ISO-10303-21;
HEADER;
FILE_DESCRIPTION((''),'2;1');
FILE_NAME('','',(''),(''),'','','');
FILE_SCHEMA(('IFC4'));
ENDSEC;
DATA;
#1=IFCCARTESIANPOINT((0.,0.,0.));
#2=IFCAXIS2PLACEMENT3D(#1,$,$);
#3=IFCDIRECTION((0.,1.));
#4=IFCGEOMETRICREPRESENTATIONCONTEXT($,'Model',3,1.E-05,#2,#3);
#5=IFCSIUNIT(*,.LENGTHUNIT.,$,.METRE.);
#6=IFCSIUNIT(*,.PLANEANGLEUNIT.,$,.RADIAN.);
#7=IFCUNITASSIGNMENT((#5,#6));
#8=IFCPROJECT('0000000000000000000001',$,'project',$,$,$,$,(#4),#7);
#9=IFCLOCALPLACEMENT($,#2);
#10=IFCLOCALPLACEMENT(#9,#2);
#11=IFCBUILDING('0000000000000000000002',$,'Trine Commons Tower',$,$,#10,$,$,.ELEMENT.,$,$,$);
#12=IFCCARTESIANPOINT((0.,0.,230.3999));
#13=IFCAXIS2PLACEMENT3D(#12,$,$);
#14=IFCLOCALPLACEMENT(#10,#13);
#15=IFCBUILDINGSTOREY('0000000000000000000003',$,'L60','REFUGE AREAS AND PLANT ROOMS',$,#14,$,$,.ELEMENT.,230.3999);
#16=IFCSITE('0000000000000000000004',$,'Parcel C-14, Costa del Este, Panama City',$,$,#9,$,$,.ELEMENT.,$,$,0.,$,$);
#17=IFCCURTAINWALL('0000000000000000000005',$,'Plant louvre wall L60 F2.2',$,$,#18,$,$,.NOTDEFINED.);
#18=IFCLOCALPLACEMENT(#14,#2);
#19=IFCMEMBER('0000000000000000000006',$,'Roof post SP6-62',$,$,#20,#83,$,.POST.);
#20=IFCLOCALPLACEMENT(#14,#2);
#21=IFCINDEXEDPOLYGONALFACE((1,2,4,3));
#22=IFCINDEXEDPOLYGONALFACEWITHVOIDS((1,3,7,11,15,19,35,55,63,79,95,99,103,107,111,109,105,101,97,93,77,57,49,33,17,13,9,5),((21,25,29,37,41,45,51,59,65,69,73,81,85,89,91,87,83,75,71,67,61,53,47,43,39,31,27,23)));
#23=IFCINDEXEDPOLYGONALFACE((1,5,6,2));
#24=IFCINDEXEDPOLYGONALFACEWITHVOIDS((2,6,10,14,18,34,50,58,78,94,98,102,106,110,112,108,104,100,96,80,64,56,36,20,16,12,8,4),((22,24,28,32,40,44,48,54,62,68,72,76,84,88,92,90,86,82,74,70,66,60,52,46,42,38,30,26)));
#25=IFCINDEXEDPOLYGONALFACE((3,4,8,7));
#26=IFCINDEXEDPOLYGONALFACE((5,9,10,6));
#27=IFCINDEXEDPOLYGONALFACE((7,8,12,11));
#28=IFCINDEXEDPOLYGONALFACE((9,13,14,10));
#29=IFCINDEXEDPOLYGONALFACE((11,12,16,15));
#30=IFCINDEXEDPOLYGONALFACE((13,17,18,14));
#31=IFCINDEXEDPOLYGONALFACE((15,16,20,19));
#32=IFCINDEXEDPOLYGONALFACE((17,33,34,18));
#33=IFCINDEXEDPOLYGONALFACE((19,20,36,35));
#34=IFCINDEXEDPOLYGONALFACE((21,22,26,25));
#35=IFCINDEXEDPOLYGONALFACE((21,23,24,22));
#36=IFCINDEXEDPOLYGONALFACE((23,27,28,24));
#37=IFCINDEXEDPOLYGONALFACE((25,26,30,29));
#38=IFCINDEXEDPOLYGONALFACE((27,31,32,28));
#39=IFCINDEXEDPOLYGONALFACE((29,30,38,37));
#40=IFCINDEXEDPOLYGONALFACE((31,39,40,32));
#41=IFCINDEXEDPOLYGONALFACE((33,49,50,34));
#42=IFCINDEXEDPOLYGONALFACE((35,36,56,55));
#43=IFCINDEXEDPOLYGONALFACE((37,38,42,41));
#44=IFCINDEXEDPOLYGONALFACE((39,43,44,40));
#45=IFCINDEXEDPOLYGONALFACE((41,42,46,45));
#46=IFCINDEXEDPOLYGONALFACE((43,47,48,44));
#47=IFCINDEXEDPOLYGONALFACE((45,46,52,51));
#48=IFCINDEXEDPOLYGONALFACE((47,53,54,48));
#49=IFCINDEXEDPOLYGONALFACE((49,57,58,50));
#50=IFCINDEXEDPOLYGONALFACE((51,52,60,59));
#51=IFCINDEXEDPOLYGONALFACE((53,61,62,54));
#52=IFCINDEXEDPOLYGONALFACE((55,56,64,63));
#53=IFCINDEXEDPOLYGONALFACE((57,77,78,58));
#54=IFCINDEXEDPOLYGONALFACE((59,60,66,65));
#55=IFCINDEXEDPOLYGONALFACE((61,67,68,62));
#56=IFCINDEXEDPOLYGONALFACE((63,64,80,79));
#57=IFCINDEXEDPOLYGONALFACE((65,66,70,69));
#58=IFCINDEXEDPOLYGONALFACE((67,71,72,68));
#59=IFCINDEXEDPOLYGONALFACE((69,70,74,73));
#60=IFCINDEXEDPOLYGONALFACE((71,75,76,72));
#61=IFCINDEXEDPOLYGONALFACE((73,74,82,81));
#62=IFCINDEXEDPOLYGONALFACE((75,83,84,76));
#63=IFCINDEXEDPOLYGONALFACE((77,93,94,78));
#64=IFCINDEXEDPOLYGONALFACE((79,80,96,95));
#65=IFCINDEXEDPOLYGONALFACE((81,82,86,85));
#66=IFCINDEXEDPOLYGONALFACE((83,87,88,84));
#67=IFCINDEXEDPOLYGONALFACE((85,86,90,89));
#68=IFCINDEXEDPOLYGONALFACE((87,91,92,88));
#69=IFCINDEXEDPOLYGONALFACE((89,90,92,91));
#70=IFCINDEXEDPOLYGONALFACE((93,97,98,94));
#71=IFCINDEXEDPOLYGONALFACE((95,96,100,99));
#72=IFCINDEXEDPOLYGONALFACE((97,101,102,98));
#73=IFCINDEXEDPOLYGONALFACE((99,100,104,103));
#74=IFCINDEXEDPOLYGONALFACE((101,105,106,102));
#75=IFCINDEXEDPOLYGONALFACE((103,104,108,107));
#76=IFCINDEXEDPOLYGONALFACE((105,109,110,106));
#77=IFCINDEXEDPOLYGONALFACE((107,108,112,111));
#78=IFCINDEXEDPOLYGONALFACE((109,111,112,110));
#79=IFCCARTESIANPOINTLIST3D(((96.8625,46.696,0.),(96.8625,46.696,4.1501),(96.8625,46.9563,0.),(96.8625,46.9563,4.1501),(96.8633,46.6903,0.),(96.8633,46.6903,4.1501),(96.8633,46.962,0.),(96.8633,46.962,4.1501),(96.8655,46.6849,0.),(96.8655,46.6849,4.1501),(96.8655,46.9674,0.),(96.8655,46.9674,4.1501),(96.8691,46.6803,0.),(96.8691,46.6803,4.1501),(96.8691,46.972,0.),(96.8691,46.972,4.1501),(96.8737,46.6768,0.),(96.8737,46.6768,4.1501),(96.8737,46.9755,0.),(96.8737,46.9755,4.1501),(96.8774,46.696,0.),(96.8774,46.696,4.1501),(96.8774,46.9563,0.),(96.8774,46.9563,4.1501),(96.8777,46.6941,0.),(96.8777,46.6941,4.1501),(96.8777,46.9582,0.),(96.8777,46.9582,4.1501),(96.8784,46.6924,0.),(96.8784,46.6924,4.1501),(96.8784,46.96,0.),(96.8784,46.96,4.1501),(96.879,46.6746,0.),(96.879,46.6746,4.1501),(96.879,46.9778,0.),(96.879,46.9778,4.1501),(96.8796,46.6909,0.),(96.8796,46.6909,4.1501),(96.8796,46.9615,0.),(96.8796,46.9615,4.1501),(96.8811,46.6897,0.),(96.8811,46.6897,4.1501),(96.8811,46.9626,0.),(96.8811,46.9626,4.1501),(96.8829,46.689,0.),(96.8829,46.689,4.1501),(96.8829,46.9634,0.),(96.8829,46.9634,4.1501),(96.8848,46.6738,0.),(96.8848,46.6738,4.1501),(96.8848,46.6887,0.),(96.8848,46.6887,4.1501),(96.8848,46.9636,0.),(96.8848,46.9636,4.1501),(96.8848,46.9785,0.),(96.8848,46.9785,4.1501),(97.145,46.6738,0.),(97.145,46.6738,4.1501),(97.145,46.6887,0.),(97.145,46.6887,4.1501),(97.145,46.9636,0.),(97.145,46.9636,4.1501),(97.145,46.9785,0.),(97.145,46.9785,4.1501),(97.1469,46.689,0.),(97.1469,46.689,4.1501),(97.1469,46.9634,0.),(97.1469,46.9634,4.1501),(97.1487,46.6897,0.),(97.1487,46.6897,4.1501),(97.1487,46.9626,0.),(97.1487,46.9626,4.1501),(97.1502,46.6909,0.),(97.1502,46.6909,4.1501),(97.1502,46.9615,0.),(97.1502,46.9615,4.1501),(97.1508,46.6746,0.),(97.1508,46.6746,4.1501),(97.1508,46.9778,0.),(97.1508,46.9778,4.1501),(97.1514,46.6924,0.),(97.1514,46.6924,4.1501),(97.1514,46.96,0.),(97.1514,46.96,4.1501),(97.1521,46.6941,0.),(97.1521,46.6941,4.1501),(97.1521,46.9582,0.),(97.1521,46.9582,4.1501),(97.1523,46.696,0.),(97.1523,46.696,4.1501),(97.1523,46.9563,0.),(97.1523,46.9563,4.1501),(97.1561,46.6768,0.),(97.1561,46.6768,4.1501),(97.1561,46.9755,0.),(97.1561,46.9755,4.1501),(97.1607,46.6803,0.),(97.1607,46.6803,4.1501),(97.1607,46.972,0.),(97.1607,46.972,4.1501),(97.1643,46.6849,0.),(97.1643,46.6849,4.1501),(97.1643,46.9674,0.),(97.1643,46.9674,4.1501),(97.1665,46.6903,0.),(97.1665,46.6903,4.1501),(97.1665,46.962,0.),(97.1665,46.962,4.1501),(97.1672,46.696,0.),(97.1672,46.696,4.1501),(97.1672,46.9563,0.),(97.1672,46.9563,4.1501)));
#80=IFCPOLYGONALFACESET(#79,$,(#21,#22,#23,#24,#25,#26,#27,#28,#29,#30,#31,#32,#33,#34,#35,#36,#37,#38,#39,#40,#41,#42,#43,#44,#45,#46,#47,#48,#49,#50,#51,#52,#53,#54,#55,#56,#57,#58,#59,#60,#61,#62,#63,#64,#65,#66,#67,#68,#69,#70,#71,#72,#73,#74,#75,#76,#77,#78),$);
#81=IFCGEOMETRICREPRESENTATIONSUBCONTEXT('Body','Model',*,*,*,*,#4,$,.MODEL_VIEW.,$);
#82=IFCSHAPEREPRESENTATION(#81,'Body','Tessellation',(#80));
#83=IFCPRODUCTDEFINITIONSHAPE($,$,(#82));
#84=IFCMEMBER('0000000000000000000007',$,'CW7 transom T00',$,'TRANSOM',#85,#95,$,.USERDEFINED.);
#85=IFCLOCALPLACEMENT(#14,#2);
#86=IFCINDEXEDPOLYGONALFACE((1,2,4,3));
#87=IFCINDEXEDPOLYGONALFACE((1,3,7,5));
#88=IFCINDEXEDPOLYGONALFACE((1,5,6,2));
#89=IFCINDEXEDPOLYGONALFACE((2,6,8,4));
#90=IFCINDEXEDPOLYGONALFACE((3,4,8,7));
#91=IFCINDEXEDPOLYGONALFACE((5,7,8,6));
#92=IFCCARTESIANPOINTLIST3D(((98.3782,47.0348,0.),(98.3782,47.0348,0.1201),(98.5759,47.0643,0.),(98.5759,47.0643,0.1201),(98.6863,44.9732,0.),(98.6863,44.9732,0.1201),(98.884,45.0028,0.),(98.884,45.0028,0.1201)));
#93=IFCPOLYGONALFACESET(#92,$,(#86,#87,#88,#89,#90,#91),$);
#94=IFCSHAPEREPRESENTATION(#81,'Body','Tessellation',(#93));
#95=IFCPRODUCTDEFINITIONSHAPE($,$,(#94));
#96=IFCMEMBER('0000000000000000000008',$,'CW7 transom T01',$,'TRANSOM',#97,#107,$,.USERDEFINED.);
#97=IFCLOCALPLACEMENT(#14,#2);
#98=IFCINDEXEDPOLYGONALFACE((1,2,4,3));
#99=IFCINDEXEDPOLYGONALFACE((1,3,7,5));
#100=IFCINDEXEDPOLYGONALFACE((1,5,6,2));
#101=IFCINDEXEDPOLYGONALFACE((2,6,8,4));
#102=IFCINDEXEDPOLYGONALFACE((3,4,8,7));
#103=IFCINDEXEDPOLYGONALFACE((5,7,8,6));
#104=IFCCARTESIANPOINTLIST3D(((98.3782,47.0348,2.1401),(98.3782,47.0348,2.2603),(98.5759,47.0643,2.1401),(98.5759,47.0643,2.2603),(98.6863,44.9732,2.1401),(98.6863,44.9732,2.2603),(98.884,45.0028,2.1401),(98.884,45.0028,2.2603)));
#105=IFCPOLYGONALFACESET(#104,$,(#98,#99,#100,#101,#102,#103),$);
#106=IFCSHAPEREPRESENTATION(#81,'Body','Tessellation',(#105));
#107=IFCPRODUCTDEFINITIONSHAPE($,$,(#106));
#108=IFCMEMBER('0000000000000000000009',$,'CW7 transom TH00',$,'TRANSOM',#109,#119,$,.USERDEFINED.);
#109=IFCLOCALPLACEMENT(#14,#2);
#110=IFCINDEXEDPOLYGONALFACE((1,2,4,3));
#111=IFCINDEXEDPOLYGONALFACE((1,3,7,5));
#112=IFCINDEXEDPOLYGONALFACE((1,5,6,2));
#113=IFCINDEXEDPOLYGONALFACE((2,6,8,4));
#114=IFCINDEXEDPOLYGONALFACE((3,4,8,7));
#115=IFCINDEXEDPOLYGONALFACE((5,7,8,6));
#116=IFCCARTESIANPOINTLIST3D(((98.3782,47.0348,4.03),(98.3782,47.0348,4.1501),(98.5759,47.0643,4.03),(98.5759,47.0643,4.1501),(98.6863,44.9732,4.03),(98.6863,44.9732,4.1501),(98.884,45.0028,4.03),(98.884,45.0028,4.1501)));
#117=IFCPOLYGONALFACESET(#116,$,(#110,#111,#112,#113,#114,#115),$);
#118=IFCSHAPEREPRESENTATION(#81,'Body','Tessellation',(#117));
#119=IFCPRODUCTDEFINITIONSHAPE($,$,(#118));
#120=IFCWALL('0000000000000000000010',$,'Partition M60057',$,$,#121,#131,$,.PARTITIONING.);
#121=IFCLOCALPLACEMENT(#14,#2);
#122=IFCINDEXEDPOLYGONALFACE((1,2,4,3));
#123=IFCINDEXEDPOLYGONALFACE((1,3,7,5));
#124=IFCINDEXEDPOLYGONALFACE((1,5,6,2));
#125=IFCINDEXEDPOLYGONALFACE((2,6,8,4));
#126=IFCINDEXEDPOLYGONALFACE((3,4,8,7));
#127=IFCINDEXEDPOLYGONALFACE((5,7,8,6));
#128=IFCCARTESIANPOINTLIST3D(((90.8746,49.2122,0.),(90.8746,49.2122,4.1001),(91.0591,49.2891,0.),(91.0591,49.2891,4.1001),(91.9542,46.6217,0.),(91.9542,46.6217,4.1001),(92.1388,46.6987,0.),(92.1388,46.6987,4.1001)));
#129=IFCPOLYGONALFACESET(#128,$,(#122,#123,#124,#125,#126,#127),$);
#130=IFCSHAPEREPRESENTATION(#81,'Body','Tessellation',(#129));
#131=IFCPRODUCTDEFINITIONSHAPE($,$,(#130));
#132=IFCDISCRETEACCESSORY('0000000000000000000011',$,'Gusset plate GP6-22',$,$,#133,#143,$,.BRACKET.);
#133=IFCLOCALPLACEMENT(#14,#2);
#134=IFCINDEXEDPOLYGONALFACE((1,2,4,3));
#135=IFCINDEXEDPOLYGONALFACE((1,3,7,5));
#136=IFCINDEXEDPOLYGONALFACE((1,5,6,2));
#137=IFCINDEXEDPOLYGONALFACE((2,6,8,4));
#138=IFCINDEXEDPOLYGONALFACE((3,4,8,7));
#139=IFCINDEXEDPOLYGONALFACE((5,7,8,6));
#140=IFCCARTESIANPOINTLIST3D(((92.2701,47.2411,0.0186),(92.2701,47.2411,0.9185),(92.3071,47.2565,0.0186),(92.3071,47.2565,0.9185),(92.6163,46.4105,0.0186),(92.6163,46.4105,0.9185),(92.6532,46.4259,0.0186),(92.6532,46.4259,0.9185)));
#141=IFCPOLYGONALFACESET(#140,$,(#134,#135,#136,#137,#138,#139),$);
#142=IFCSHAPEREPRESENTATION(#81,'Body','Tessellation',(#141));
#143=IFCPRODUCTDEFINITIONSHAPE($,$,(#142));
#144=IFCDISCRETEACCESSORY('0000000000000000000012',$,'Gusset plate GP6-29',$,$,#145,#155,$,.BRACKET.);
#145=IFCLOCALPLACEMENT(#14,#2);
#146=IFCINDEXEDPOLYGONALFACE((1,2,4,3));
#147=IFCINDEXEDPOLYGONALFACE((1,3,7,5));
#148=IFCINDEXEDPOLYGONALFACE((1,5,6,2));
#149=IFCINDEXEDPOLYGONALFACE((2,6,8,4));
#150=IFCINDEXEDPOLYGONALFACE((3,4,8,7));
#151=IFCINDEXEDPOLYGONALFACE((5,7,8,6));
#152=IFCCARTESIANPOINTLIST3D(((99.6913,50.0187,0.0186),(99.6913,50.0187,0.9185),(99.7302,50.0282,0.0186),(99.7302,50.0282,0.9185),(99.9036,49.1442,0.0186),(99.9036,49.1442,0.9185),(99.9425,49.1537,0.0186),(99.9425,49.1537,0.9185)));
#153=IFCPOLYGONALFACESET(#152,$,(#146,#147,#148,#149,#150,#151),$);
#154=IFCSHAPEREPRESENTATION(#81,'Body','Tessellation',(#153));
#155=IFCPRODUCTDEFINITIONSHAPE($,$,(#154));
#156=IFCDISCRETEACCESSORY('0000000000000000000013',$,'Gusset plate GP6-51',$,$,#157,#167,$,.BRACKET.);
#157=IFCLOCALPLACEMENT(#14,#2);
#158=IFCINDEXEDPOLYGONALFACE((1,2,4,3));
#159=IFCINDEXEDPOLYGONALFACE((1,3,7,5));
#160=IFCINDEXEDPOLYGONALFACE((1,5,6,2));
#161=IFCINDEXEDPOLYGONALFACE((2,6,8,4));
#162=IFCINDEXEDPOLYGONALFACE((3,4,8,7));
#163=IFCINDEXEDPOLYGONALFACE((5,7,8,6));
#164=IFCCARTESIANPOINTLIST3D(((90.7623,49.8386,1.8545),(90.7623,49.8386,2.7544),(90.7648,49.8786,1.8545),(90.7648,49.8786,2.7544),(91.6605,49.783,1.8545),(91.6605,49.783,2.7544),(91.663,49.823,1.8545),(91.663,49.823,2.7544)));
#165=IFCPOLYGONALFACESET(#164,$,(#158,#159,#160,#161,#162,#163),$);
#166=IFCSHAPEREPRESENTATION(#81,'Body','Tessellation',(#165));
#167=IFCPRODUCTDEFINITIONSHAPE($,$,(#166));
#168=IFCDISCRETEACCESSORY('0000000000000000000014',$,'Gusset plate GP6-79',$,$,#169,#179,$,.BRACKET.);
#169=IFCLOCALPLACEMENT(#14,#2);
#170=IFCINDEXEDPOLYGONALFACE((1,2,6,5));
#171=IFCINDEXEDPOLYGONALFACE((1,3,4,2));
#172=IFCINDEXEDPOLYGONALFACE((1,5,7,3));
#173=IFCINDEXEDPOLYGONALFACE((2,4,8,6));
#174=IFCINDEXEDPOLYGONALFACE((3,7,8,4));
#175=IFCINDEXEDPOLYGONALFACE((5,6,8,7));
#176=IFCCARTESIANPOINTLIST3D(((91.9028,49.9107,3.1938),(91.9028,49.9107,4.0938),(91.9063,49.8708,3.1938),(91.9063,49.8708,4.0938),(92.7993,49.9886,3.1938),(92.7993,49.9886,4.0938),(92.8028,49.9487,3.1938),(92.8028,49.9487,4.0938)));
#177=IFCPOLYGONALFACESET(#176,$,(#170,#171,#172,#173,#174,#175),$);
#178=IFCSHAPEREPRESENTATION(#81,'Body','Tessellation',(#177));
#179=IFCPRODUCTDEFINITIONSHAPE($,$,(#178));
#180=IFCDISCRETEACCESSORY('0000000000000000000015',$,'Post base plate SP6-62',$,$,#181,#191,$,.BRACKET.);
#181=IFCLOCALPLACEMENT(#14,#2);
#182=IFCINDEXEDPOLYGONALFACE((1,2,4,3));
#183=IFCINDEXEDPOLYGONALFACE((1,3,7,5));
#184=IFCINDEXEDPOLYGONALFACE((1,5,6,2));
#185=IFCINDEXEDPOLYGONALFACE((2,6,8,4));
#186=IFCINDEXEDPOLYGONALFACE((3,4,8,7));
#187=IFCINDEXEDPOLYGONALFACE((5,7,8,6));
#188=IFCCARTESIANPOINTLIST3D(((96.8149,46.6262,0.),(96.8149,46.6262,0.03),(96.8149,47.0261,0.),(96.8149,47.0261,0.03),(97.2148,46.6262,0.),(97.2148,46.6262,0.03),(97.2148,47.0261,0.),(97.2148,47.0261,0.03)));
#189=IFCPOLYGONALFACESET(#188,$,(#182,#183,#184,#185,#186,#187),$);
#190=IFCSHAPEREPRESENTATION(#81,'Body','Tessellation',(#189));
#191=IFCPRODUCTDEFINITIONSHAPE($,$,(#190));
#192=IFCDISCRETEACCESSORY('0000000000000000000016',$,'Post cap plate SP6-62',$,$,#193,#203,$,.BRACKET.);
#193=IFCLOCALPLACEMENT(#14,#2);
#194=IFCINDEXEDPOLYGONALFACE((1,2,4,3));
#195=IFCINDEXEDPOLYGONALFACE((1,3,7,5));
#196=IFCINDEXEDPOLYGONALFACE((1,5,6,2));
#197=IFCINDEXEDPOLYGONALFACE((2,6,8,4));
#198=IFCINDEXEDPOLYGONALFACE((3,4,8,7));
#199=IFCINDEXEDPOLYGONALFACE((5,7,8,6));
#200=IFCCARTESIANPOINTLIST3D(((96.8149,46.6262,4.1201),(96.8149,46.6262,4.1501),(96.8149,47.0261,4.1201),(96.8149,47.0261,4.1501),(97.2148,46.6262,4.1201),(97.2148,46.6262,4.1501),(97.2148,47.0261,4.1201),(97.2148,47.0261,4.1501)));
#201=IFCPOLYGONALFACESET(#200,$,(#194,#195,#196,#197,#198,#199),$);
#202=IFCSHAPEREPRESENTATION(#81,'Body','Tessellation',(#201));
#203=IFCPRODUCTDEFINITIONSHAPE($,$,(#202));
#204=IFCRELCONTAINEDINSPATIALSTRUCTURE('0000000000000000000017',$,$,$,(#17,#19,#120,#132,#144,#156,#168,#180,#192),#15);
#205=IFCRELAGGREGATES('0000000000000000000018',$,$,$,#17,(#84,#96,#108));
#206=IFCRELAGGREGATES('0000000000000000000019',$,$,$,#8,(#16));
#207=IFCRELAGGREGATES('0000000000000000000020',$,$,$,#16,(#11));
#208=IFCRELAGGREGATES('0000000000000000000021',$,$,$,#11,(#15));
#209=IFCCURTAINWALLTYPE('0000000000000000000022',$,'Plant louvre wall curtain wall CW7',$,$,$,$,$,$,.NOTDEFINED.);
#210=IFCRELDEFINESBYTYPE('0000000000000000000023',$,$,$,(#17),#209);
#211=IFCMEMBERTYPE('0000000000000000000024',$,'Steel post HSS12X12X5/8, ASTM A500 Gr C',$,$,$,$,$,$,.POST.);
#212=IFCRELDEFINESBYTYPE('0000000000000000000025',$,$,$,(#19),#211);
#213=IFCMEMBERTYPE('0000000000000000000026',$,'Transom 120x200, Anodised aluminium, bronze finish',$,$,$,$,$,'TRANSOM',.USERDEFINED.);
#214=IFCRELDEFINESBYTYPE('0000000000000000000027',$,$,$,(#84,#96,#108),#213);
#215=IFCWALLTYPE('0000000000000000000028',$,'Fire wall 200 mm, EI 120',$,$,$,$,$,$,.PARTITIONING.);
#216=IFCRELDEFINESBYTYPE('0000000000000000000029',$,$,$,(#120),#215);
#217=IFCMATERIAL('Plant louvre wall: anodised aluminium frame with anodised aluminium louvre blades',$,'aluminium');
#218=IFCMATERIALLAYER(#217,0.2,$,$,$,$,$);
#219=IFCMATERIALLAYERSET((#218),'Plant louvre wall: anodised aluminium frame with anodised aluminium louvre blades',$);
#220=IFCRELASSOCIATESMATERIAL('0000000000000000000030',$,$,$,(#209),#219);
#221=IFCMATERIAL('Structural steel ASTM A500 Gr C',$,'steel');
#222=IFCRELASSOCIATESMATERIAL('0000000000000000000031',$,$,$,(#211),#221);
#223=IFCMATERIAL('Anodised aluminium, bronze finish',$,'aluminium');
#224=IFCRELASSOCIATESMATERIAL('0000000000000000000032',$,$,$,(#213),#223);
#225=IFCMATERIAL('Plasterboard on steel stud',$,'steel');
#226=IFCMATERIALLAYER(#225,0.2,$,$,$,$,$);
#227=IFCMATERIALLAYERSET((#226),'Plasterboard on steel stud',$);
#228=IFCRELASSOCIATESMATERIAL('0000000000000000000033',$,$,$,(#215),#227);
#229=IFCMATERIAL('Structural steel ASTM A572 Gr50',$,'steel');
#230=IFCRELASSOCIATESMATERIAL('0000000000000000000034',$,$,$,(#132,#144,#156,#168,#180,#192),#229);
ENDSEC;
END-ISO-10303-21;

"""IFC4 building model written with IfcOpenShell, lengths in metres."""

from ifc_helpers import new_model, si_unit, direction, frame, frame_2d, origin, origin_2d, place, context, subcontext, project, spatial, rectangle, hollow_rectangle, extrude, material, layer, layer_set, material_profile, profile_set, type_object, element, aggregate, save


model = new_model("IFC4")

# Units and contexts
model_context = context("Model", 3, precision=1e-05, world=origin(), true_north=direction((0.0, 1.0)))
body_context = subcontext(model_context, "Body", "Model", "MODEL_VIEW")
ifc_project = project(units=[si_unit("LENGTHUNIT", "METRE"), si_unit("PLANEANGLEUNIT", "RADIAN")], contexts=[model_context])

# Site, building, storey
site_placement = place(None, origin())
site = spatial("IfcSite", under=ifc_project, at=site_placement, Name="Parcel C-14, Costa del Este, Panama City", CompositionType="ELEMENT", RefElevation=0.0)
building_placement = place(site_placement, origin())
building = spatial("IfcBuilding", under=site, at=building_placement, Name="Trine Commons Tower", CompositionType="ELEMENT")
storey_placement = place(building_placement, frame((0.0, 0.0, 230.3999)))
storey = spatial("IfcBuildingStorey", under=building, at=storey_placement, Name="L60", Description="REFUGE AREAS AND PLANT ROOMS", CompositionType="ELEMENT", Elevation=230.3999)

# Curtain wall
ifc_material_1 = material(Name="Plant louvre wall: anodised aluminium frame with anodised aluminium louvre blades", Category="aluminium")
ifc_layer_1 = layer(ifc_material_1, 0.2)
ifc_layer_set_1 = layer_set([ifc_layer_1], Name="Plant louvre wall: anodised aluminium frame with anodised aluminium louvre blades")
curtain_wall_type = type_object("IfcCurtainWallType", Name="Plant louvre wall curtain wall CW7", PredefinedType="NOTDEFINED", material=ifc_layer_set_1)
curtain_wall_placement = place(storey_placement, origin())
curtain_wall = element("IfcCurtainWall", 1, at=curtain_wall_placement, inside=storey, type_object=curtain_wall_type, Name="Plant louvre wall L60 F2.2", PredefinedType="NOTDEFINED")
ifc_material_2 = material(Name="Anodised aluminium, bronze finish", Category="aluminium")

# Member
ifc_material_3 = material(Name="Structural steel ASTM A500 Gr C", Category="steel")
ifc_material_profile_1 = material_profile(ifc_material_3, hollow_rectangle(XDim=0.3047, YDim=0.3047, WallThickness=0.0149, InnerFilletRadius=0.0073, OuterFilletRadius=0.0222, at=origin_2d()), Name="HSS12X12X5/8")
ifc_profile_set_1 = profile_set([ifc_material_profile_1], Name="Structural steel ASTM A500 Gr C")
member_type_1 = type_object("IfcMemberType", Name="Steel post HSS12X12X5/8, ASTM A500 Gr C", PredefinedType="POST", material=ifc_profile_set_1)
member_1_placement = place(storey_placement, frame((97.0149, 46.8262, 0.0), z_axis=(0.0, 0.0, 1.0), x_axis=(1.0, 0.0, 0.0)))
element("IfcMember", 2, at=member_1_placement, inside=storey, type_object=member_type_1, Name="Roof post SP6-62", PredefinedType="POST", context=body_context, shape_type="SweptSolid", body=[
    extrude(hollow_rectangle(XDim=0.3047, YDim=0.3047, WallThickness=0.0149, InnerFilletRadius=0.0073, OuterFilletRadius=0.0222, at=origin_2d()), origin(), (0.0, 0.0, 1.0), 4.1501),
])

# Members
ifc_material_profile_2 = material_profile(ifc_material_2, rectangle(XDim=0.2, YDim=0.1201, at=origin_2d()), Name="Transom 120x200")
ifc_profile_set_2 = profile_set([ifc_material_profile_2], Name="Anodised aluminium, bronze finish")
member_type_2 = type_object("IfcMemberType", Name="Transom 120x200, Anodised aluminium, bronze finish", ElementType="TRANSOM", PredefinedType="USERDEFINED", material=ifc_profile_set_2)
member_2_placement = place(storey_placement, frame((98.4771, 47.0496, 0.0601), z_axis=(0.147814, -0.989015, 0.0), x_axis=(0.989015, 0.147814, 0.0)))
member_2 = element("IfcMember", 3, at=member_2_placement, type_object=member_type_2, Name="CW7 transom T00", ObjectType="TRANSOM", PredefinedType="USERDEFINED", context=body_context, shape_type="SweptSolid", body=[
    extrude(rectangle(XDim=0.2, YDim=0.1201, at=origin_2d()), origin(), (0.0, 0.0, 1.0), 2.0845),
])
member_3_placement = place(storey_placement, frame((98.4771, 47.0496, 2.2002), z_axis=(0.147814, -0.989015, 0.0), x_axis=(0.989015, 0.147814, 0.0)))
member_3 = element("IfcMember", 4, at=member_3_placement, type_object=member_type_2, Name="CW7 transom T01", ObjectType="TRANSOM", PredefinedType="USERDEFINED", context=body_context, shape_type="SweptSolid", body=[
    extrude(rectangle(XDim=0.2, YDim=0.1201, at=origin_2d()), origin(), (0.0, 0.0, 1.0), 2.0845),
])
member_4_placement = place(storey_placement, frame((98.4771, 47.0496, 4.0901), z_axis=(0.147814, -0.989015, 0.0), x_axis=(0.989015, 0.147814, 0.0)))
member_4 = element("IfcMember", 5, at=member_4_placement, type_object=member_type_2, Name="CW7 transom TH00", ObjectType="TRANSOM", PredefinedType="USERDEFINED", context=body_context, shape_type="SweptSolid", body=[
    extrude(rectangle(XDim=0.2, YDim=0.1201, at=origin_2d()), origin(), (0.0, 0.0, 1.0), 2.0845),
])
aggregate(curtain_wall, [member_2, member_3, member_4])

# Wall
ifc_material_4 = material(Name="Plasterboard on steel stud", Category="steel")
ifc_layer_2 = layer(ifc_material_4, 0.2)
ifc_layer_set_2 = layer_set([ifc_layer_2], Name="Plasterboard on steel stud")
wall_type = type_object("IfcWallType", Name="Fire wall 200 mm, EI 120", PredefinedType="PARTITIONING", material=ifc_layer_set_2)
wall_placement = place(storey_placement, frame((90.9668, 49.2507, 0.0), z_axis=(0.0, 0.0, 1.0), x_axis=(0.384702, -0.923041, 0.0)))
element("IfcWall", 6, at=wall_placement, inside=storey, type_object=wall_type, Name="Partition M60057", PredefinedType="PARTITIONING", context=body_context, shape_type="SweptSolid", body=[
    extrude(rectangle(XDim=2.8064, YDim=0.2, at=frame_2d((1.4033, 0.0))), origin(), (0.0, 0.0, 1.0), 4.1001),
])

# Discrete accessories
ifc_material_5 = material(Name="Structural steel ASTM A572 Gr50", Category="steel")
for number, where, z_axis, x_axis, name in (
    (7, (92.4617, 46.8335, 0.0186), (0.0, 0.0, 1.0), (-0.384682, 0.923049, 0.0), "Gusset plate GP6-22"),
    (8, (99.8169, 49.5862, 0.0186), (0.0, 0.0, 1.0), (-0.235922, 0.971772, 0.0), "Gusset plate GP6-29"),
    (9, (91.2126, 49.8308, 1.8545), (0.0, 0.0, 1.0), (0.99809, -0.06178, 0.0), "Gusset plate GP6-51"),
    (10, (92.3528, 49.9297, 3.1938), (0.0, 0.0, 1.0), (0.996251, 0.086512, 0.0), "Gusset plate GP6-79"),
):
    element("IfcDiscreteAccessory", number, at=place(storey_placement, frame(where, z_axis=z_axis, x_axis=x_axis)), inside=storey, material=ifc_material_5, Name=name, PredefinedType="BRACKET", context=body_context, shape_type="SweptSolid", body=[
        extrude(rectangle(XDim=0.8999, YDim=0.04, at=origin_2d()), origin(), (0.0, 0.0, 1.0), 0.8999),
    ])
for number, where, z_axis, x_axis, name in (
    (11, (97.0149, 46.8262, 0.0), (0.0, 0.0, 1.0), (1.0, 0.0, 0.0), "Post base plate SP6-62"),
    (12, (97.0149, 46.8262, 4.1201), (0.0, 0.0, 1.0), (1.0, 0.0, 0.0), "Post cap plate SP6-62"),
):
    element("IfcDiscreteAccessory", number, at=place(storey_placement, frame(where, z_axis=z_axis, x_axis=x_axis)), inside=storey, material=ifc_material_5, Name=name, PredefinedType="BRACKET", context=body_context, shape_type="SweptSolid", body=[
        extrude(rectangle(XDim=0.3999, YDim=0.3999, at=origin_2d()), origin(), (0.0, 0.0, 1.0), 0.03),
    ])

save(model, "model.ifc")
